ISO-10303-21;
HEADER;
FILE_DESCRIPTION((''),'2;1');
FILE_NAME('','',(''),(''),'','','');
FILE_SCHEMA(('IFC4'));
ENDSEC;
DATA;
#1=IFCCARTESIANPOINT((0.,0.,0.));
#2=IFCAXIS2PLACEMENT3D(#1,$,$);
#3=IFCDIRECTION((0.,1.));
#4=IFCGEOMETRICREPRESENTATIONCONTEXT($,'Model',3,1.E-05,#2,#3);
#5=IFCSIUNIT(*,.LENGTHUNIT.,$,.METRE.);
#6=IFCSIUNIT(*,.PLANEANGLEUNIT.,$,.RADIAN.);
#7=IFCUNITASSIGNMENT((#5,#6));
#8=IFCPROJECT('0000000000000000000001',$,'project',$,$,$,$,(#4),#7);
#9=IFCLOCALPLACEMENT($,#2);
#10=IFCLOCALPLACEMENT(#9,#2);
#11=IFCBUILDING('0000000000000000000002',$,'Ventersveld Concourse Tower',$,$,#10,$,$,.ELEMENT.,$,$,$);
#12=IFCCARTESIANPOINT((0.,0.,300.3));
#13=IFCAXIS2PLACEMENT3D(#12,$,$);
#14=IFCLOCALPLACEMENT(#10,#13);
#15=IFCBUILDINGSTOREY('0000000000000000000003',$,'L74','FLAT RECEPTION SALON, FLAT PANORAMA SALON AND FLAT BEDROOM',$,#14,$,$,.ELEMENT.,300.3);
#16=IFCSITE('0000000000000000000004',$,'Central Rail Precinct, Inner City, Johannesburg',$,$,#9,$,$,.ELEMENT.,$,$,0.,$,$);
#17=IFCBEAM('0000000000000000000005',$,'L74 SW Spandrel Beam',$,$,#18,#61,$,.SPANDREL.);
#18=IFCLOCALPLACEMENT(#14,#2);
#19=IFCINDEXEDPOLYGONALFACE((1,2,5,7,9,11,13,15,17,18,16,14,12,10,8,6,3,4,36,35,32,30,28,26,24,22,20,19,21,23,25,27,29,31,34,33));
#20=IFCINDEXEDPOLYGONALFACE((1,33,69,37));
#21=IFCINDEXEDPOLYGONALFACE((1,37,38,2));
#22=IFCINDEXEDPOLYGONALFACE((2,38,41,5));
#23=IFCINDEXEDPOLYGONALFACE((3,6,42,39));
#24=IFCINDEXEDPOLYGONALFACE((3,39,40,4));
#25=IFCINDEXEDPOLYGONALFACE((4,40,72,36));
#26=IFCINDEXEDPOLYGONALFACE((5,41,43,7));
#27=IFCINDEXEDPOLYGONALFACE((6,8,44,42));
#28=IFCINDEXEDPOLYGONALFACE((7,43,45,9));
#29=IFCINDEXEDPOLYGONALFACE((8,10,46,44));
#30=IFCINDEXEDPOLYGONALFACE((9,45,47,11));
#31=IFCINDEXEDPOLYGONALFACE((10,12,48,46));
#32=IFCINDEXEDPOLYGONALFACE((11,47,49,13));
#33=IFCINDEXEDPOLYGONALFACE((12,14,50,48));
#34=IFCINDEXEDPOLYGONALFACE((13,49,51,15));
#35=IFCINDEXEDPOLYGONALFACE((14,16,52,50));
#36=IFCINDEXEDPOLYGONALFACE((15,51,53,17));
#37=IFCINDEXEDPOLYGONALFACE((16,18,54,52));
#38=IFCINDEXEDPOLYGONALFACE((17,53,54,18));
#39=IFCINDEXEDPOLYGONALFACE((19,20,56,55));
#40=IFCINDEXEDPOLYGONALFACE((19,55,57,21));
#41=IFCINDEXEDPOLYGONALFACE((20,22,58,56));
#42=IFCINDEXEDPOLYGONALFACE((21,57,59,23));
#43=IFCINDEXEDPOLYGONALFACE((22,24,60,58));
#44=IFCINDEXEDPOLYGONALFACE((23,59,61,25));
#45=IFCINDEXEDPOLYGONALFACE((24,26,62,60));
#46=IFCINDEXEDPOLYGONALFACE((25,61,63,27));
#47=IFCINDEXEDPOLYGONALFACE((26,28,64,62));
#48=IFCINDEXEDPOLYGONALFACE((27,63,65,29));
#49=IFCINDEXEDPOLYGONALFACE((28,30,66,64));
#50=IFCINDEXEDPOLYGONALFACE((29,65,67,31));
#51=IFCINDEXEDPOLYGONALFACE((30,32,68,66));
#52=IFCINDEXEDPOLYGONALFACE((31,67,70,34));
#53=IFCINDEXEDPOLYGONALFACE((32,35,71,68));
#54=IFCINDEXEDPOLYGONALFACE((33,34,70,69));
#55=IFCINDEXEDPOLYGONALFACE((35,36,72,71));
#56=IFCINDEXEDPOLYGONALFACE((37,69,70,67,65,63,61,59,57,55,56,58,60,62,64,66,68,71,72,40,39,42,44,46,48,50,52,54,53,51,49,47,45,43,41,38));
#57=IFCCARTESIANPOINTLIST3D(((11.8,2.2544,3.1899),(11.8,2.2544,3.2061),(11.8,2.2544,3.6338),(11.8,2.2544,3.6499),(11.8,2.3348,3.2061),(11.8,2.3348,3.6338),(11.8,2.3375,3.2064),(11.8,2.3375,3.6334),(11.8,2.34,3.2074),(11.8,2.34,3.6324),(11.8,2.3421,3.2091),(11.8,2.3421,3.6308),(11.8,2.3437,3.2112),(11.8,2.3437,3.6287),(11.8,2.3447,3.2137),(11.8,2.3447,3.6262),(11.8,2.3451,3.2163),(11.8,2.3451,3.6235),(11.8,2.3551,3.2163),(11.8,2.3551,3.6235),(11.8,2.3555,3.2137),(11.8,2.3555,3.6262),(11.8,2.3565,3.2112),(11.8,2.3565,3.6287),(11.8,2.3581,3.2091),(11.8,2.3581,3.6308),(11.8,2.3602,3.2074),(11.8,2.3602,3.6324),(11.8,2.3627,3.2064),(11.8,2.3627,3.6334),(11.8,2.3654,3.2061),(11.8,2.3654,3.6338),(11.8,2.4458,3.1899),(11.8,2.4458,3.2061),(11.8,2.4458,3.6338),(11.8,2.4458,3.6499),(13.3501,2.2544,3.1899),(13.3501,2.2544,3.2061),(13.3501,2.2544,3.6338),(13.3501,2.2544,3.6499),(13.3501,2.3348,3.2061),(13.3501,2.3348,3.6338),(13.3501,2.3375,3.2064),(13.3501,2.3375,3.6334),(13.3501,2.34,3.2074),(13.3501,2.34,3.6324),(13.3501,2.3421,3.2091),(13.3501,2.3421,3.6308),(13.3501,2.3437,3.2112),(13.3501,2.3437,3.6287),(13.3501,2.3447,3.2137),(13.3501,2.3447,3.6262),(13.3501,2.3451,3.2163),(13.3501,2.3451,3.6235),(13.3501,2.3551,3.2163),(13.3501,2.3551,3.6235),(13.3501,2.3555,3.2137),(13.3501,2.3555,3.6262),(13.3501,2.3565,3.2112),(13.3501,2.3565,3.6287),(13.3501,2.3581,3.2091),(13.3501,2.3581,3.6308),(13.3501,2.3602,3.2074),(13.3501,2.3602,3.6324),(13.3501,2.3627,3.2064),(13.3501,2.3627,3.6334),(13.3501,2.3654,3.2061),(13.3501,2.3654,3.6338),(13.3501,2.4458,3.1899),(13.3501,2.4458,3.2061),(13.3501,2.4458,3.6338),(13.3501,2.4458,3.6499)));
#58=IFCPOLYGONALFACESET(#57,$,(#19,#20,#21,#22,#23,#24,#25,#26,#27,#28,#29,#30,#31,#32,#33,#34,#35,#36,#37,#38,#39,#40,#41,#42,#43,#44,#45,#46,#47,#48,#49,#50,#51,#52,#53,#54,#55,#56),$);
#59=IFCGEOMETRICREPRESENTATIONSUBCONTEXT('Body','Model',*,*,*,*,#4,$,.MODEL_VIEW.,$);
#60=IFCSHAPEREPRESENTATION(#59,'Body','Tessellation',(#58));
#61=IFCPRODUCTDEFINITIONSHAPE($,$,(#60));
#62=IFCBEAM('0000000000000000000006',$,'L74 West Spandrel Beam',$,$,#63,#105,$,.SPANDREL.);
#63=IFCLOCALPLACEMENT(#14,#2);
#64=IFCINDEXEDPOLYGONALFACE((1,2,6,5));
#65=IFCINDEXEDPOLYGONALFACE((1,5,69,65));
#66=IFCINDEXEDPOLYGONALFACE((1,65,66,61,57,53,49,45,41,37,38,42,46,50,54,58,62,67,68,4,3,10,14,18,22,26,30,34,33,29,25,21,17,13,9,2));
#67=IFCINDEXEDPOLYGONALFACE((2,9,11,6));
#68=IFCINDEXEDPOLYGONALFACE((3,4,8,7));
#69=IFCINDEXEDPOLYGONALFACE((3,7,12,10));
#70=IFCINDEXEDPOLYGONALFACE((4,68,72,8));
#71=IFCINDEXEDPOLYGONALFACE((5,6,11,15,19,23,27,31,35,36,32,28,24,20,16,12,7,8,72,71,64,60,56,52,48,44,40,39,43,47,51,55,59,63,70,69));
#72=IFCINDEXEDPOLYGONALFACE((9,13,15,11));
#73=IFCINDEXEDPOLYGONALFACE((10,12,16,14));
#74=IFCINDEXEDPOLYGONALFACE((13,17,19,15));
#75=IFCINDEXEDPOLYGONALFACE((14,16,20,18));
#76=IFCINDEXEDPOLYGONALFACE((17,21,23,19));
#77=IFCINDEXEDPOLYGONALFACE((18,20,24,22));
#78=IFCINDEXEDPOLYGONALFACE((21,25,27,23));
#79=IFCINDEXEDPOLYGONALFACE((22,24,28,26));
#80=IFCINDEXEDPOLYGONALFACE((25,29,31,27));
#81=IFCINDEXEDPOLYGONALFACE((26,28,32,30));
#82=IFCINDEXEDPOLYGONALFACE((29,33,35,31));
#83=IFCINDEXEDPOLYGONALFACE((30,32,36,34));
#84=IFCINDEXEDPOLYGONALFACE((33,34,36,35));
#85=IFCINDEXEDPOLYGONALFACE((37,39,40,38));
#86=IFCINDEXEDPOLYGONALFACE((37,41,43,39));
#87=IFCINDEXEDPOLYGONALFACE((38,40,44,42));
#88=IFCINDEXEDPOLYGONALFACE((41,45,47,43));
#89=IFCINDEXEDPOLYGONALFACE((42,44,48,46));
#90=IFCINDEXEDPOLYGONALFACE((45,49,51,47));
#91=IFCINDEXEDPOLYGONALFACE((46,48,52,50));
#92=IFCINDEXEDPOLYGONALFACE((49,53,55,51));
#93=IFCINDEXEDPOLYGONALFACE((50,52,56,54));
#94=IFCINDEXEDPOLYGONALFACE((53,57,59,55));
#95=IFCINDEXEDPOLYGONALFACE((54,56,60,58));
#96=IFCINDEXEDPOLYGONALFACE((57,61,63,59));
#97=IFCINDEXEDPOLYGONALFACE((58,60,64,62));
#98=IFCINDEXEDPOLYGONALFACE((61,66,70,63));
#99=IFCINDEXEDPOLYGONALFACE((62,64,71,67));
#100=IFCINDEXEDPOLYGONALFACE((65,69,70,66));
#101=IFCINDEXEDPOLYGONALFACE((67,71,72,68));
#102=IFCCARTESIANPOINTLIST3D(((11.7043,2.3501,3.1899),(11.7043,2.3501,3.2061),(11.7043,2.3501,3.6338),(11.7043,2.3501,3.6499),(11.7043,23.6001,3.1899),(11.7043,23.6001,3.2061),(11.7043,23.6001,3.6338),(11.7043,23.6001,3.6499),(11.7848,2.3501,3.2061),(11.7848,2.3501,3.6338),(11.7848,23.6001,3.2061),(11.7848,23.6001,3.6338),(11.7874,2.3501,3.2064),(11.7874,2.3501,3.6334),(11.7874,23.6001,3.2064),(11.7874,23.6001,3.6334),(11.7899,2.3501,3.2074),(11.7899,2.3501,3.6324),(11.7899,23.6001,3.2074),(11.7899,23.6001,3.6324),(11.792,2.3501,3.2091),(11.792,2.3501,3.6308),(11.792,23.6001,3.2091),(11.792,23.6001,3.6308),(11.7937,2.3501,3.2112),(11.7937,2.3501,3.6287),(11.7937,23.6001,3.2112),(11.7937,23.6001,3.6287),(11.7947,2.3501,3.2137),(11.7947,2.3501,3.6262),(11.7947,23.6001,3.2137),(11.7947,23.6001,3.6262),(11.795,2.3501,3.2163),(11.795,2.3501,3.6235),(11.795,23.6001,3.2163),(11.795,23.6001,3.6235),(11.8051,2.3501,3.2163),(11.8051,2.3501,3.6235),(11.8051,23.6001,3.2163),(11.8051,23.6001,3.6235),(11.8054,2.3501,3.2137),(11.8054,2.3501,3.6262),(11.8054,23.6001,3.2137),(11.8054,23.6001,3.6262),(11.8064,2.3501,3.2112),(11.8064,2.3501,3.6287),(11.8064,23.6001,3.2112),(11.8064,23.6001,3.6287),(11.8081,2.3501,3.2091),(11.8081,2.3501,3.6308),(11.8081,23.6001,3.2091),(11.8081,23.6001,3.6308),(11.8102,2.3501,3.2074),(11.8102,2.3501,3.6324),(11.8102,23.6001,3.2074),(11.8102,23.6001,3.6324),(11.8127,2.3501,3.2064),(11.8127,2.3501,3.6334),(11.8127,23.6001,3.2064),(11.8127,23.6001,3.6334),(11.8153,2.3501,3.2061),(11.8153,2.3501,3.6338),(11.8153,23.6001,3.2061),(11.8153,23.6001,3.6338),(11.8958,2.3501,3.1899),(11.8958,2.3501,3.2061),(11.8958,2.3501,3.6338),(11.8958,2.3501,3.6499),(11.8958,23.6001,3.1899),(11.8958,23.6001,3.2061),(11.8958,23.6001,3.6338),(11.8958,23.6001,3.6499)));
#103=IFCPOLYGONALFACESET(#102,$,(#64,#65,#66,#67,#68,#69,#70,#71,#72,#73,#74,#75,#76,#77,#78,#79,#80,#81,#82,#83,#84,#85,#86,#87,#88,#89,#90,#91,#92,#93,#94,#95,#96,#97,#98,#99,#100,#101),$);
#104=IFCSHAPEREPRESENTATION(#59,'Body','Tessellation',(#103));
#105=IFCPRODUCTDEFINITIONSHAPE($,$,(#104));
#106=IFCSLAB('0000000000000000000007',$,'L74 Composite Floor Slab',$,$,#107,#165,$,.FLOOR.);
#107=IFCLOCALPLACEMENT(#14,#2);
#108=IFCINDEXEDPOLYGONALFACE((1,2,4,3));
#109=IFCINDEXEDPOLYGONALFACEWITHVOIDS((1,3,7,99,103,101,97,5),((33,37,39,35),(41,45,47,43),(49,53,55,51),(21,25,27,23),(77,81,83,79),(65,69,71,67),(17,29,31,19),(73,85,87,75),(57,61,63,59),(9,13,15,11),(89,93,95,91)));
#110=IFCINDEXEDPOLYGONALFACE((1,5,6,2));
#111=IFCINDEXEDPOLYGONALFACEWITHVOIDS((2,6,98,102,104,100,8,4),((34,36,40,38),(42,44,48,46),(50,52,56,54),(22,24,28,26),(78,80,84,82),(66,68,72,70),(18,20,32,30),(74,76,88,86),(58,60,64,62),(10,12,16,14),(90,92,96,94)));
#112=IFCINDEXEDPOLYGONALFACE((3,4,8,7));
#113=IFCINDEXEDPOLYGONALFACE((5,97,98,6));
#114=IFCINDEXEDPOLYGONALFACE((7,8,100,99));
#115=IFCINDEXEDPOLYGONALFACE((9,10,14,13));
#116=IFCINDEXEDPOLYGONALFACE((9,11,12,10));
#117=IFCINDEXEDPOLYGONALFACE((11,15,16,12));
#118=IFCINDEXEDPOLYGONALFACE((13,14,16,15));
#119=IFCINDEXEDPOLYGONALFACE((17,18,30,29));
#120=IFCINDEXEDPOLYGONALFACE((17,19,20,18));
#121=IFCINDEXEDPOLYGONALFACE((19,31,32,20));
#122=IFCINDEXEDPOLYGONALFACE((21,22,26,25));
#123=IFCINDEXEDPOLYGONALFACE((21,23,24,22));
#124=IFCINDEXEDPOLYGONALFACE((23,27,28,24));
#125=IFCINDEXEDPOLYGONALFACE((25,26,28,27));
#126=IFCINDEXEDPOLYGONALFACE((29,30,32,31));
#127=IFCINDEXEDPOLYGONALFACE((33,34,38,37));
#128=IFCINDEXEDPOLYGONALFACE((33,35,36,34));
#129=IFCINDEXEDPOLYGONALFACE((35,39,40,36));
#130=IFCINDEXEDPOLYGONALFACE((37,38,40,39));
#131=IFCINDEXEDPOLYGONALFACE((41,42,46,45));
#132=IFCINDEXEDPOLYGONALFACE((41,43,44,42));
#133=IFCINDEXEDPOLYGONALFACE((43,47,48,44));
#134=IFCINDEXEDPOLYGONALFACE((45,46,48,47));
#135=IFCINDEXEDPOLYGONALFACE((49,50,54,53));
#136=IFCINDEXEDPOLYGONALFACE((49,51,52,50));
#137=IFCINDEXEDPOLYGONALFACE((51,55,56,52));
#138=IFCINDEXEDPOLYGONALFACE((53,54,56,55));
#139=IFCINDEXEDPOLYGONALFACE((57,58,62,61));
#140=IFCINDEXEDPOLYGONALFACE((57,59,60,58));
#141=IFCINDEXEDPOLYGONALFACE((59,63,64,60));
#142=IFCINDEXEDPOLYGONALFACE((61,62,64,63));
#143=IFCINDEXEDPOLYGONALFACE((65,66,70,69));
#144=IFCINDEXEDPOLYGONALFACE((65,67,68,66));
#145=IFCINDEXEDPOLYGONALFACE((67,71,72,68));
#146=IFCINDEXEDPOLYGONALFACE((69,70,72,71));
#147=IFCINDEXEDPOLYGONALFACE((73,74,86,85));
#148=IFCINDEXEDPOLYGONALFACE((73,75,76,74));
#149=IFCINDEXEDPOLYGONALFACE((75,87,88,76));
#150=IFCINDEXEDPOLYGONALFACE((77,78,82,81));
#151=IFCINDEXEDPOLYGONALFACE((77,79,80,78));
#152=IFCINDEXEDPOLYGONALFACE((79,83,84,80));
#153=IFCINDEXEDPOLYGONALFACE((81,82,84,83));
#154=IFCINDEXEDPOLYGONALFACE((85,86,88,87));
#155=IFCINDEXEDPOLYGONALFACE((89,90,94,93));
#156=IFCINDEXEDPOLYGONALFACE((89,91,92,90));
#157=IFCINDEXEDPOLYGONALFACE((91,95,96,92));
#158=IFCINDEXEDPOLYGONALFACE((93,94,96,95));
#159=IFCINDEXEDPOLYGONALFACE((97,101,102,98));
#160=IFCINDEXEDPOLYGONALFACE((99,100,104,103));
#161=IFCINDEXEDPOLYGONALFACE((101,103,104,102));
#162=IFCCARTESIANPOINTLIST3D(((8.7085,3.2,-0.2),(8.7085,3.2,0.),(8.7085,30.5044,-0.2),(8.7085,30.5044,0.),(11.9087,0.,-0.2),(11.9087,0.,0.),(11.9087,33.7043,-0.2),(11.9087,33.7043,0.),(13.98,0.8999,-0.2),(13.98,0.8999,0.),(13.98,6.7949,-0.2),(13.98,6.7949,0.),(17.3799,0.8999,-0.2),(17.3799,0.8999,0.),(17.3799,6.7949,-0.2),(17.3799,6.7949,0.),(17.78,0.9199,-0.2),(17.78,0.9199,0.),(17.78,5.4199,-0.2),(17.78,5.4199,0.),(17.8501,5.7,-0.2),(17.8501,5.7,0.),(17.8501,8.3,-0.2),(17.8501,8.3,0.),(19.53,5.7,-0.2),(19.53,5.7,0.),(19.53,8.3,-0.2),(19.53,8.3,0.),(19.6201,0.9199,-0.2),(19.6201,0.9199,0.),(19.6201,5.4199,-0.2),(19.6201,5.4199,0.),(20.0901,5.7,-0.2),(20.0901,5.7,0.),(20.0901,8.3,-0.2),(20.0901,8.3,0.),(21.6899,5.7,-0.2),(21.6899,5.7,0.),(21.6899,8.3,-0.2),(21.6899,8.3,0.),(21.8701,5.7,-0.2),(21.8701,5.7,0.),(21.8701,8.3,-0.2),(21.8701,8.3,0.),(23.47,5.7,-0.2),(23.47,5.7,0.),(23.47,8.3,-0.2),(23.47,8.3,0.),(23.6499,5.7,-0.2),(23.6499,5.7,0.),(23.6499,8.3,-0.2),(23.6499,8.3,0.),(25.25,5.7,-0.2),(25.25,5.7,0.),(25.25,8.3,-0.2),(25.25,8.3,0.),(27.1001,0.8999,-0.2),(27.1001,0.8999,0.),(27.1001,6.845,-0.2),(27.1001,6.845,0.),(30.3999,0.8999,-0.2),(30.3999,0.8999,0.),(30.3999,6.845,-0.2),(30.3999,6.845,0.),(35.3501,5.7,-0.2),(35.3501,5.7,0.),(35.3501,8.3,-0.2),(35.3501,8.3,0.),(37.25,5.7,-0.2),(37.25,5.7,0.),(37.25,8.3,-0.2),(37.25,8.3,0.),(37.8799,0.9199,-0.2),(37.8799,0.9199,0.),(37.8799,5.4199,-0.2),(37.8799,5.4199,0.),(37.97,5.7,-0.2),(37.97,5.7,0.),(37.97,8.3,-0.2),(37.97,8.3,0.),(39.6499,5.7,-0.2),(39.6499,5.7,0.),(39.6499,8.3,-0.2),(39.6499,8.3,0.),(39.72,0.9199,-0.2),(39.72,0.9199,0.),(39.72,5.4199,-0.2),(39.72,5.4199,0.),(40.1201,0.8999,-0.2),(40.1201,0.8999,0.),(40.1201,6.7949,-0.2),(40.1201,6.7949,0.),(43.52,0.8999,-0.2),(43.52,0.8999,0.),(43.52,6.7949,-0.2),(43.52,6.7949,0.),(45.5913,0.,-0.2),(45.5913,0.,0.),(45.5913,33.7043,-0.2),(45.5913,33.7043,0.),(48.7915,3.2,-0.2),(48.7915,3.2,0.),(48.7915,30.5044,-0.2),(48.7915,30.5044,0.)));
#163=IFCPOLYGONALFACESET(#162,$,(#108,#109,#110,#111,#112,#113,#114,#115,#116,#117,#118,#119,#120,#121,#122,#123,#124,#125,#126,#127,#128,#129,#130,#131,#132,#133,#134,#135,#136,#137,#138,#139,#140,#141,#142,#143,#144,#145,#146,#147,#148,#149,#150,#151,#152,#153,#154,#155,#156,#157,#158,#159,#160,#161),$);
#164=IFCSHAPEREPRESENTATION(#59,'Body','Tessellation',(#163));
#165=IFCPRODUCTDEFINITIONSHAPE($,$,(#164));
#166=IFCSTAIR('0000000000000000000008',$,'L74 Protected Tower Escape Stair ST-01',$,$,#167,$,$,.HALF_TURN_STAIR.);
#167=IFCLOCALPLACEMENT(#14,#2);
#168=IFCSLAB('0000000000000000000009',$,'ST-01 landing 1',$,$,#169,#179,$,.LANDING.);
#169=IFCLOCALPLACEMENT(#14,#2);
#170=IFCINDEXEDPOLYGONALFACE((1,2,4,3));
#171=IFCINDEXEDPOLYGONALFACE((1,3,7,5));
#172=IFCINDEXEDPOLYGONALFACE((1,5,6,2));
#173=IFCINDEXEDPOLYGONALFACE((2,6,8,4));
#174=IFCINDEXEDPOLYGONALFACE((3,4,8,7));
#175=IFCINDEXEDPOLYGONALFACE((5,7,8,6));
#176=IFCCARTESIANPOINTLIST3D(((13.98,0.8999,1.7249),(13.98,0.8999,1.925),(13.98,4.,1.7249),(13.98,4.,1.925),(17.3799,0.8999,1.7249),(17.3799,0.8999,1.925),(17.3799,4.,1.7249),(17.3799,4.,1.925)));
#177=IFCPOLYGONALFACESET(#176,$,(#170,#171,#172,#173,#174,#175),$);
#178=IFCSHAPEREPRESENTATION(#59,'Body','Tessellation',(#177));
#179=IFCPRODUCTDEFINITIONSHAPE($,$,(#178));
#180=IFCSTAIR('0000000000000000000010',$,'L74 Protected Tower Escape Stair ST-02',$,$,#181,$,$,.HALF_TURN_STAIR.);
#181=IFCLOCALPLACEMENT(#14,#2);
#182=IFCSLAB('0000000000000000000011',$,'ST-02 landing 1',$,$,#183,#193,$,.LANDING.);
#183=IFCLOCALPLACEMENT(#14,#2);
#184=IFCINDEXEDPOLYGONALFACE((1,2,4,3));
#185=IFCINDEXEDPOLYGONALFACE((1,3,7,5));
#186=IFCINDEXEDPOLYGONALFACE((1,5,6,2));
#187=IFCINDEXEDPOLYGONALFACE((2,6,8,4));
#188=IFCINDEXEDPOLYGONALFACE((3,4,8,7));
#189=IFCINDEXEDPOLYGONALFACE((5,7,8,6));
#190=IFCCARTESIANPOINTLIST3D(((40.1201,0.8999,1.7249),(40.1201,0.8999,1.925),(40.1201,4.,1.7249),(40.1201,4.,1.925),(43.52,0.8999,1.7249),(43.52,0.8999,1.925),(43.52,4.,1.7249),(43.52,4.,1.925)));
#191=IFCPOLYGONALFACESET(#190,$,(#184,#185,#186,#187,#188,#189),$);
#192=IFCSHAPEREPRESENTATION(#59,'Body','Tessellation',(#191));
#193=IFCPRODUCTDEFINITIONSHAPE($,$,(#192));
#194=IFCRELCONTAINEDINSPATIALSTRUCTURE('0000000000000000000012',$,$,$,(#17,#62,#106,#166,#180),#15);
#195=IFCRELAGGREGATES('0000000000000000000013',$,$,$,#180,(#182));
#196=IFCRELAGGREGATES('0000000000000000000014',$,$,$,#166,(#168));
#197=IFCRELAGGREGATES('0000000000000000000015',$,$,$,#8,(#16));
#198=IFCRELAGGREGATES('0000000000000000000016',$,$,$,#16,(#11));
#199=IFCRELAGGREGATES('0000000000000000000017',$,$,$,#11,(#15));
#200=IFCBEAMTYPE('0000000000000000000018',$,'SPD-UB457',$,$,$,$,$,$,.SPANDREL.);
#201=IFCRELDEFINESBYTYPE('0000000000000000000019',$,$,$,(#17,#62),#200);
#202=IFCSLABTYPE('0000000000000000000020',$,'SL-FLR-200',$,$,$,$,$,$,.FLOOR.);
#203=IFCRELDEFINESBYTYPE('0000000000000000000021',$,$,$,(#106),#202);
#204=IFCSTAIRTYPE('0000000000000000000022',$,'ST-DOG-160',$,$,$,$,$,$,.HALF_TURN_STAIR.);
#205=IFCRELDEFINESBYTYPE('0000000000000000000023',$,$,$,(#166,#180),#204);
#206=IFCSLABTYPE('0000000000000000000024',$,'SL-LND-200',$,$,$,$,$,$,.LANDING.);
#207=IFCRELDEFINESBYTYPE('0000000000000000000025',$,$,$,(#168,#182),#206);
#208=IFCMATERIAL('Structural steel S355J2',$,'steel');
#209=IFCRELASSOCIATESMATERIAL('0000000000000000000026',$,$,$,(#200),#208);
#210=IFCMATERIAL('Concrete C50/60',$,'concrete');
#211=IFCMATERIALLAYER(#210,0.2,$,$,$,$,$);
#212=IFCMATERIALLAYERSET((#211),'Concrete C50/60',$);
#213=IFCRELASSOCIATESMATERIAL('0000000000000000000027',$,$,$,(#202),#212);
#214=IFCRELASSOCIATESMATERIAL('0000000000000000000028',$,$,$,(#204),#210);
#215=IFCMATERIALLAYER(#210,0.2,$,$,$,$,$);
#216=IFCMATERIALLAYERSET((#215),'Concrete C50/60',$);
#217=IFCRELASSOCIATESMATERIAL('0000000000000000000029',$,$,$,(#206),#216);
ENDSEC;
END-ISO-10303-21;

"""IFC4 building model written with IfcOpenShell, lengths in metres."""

from ifc_helpers import new_model, si_unit, direction, frame, origin, origin_2d, place, context, subcontext, project, spatial, polyline, i_section, outline, extrude, material, layer, layer_set, material_profile, profile_set, type_object, element, aggregate, save


model = new_model("IFC4")

# Units and contexts
model_context = context("Model", 3, precision=1e-05, world=origin(), true_north=direction((0.0, 1.0)))
body_context = subcontext(model_context, "Body", "Model", "MODEL_VIEW")
ifc_project = project(units=[si_unit("LENGTHUNIT", "METRE"), si_unit("PLANEANGLEUNIT", "RADIAN")], contexts=[model_context])

# Site, building, storey
site_placement = place(None, origin())
site = spatial("IfcSite", under=ifc_project, at=site_placement, Name="Central Rail Precinct, Inner City, Johannesburg", CompositionType="ELEMENT", RefElevation=0.0)
building_placement = place(site_placement, origin())
building = spatial("IfcBuilding", under=site, at=building_placement, Name="Ventersveld Concourse Tower", CompositionType="ELEMENT")
storey_placement = place(building_placement, frame((0.0, 0.0, 300.3)))
storey = spatial("IfcBuildingStorey", under=building, at=storey_placement, Name="L74", Description="FLAT RECEPTION SALON, FLAT PANORAMA SALON AND FLAT BEDROOM", CompositionType="ELEMENT", Elevation=300.3)

# Shared definitions
ifc_material_1 = material(Name="Concrete C50/60", Category="concrete")

# Beams
ifc_material_2 = material(Name="Structural steel S355J2", Category="steel")
ifc_material_profile_1 = material_profile(ifc_material_2, i_section(OverallWidth=0.1914, OverallDepth=0.46, WebThickness=0.01, FlangeThickness=0.0161, FilletRadius=0.0103, at=origin_2d()), Name="UB 457x191x82")
ifc_profile_set_1 = profile_set([ifc_material_profile_1], Name="Structural steel S355J2")
beam_type_1 = type_object("IfcBeamType", Name="SPD-UB457", PredefinedType="SPANDREL", material=ifc_profile_set_1)
beam_1_placement = place(storey_placement, frame((11.8, 2.3501, 3.4199), z_axis=(1.0, 0.0, 0.0), x_axis=(0.0, 1.0, 0.0)))
element("IfcBeam", 1, at=beam_1_placement, inside=storey, type_object=beam_type_1, Name="L74 SW Spandrel Beam", PredefinedType="SPANDREL", context=body_context, shape_type="SweptSolid", body=[
    extrude(i_section(OverallWidth=0.1914, OverallDepth=0.46, WebThickness=0.01, FlangeThickness=0.0161, FilletRadius=0.0103, at=origin_2d()), origin(), (0.0, 0.0, 1.0), 1.55),
])
beam_2_placement = place(storey_placement, frame((11.8, 2.3501, 3.4199), z_axis=(0.0, 1.0, 0.0), x_axis=(-1.0, 0.0, 0.0)))
element("IfcBeam", 2, at=beam_2_placement, inside=storey, type_object=beam_type_1, Name="L74 West Spandrel Beam", PredefinedType="SPANDREL", context=body_context, shape_type="SweptSolid", body=[
    extrude(i_section(OverallWidth=0.1914, OverallDepth=0.46, WebThickness=0.01, FlangeThickness=0.0161, FilletRadius=0.0103, at=origin_2d()), origin(), (0.0, 0.0, 1.0), 21.25),
])

# Slab
ifc_layer_1 = layer(ifc_material_1, 0.2)
ifc_layer_set_1 = layer_set([ifc_layer_1], Name="Concrete C50/60")
slab_type_1 = type_object("IfcSlabType", Name="SL-FLR-200", PredefinedType="FLOOR", material=ifc_layer_set_1)
slab_1_placement = place(storey_placement, frame((0.0, 0.0, -0.2)))
element("IfcSlab", 3, at=slab_1_placement, inside=storey, type_object=slab_type_1, Name="L74 Composite Floor Slab", PredefinedType="FLOOR", context=body_context, shape_type="SweptSolid", body=[
    extrude(outline(polyline([(11.9087, 0.0), (45.5913, 0.0), (48.7915, 3.2), (48.7915, 30.5044), (45.5913, 33.7043), (11.9087, 33.7043), (8.7085, 30.5044), (8.7085, 3.2), (11.9087, 0.0)]), holes=[polyline([(13.98, 6.7949), (13.98, 0.8999), (17.3799, 0.8999), (17.3799, 6.7949), (13.98, 6.7949)]), polyline([(40.1201, 6.7949), (40.1201, 0.8999), (43.52, 0.8999), (43.52, 6.7949), (40.1201, 6.7949)]), polyline([(27.1001, 6.845), (27.1001, 0.8999), (30.3999, 0.8999), (30.3999, 6.845), (27.1001, 6.845)]), polyline([(17.8501, 5.7), (19.53, 5.7), (19.53, 8.3), (17.8501, 8.3), (17.8501, 5.7)]), polyline([(37.97, 5.7), (39.6499, 5.7), (39.6499, 8.3), (37.97, 8.3), (37.97, 5.7)]), polyline([(35.3501, 5.7), (37.25, 5.7), (37.25, 8.3), (35.3501, 8.3), (35.3501, 5.7)]), polyline([(20.0901, 5.7), (21.6899, 5.7), (21.6899, 8.3), (20.0901, 8.3), (20.0901, 5.7)]), polyline([(21.8701, 5.7), (23.47, 5.7), (23.47, 8.3), (21.8701, 8.3), (21.8701, 5.7)]), polyline([(23.6499, 5.7), (25.25, 5.7), (25.25, 8.3), (23.6499, 8.3), (23.6499, 5.7)]), polyline([(17.78, 0.9199), (19.6201, 0.9199), (19.6201, 5.4199), (17.78, 5.4199), (17.78, 0.9199)]), polyline([(37.8799, 0.9199), (39.72, 0.9199), (39.72, 5.4199), (37.8799, 5.4199), (37.8799, 0.9199)])]), origin(), (0.0, 0.0, 1.0), 0.2),
])

# Stairs, slabs
stair_type_1 = type_object("IfcStairType", Name="ST-DOG-160", PredefinedType="HALF_TURN_STAIR", material=ifc_material_1)
stair_1_placement = place(storey_placement, origin())
stair_1 = element("IfcStair", 4, at=stair_1_placement, inside=storey, type_object=stair_type_1, Name="L74 Protected Tower Escape Stair ST-01", PredefinedType="HALF_TURN_STAIR")
ifc_layer_2 = layer(ifc_material_1, 0.2)
ifc_layer_set_2 = layer_set([ifc_layer_2], Name="Concrete C50/60")
slab_type_2 = type_object("IfcSlabType", Name="SL-LND-200", PredefinedType="LANDING", material=ifc_layer_set_2)
slab_2_placement = place(storey_placement, frame((0.0, 0.0, 1.7249)))
slab_2 = element("IfcSlab", 5, at=slab_2_placement, type_object=slab_type_2, Name="ST-01 landing 1", PredefinedType="LANDING", context=body_context, shape_type="SweptSolid", body=[
    extrude(outline(polyline([(13.98, 4.0), (13.98, 0.8999), (17.3799, 0.8999), (17.3799, 4.0), (13.98, 4.0)])), origin(), (0.0, 0.0, 1.0), 0.2002),
])
stair_2_placement = place(storey_placement, origin())
stair_2 = element("IfcStair", 6, at=stair_2_placement, inside=storey, type_object=stair_type_1, Name="L74 Protected Tower Escape Stair ST-02", PredefinedType="HALF_TURN_STAIR")
slab_3_placement = place(storey_placement, frame((0.0, 0.0, 1.7249)))
slab_3 = element("IfcSlab", 7, at=slab_3_placement, type_object=slab_type_2, Name="ST-02 landing 1", PredefinedType="LANDING", context=body_context, shape_type="SweptSolid", body=[
    extrude(outline(polyline([(40.1201, 4.0), (40.1201, 0.8999), (43.52, 0.8999), (43.52, 4.0), (40.1201, 4.0)])), origin(), (0.0, 0.0, 1.0), 0.2002),
])
aggregate(stair_2, [slab_3])

aggregate(stair_1, [slab_2])

save(model, "model.ifc")
